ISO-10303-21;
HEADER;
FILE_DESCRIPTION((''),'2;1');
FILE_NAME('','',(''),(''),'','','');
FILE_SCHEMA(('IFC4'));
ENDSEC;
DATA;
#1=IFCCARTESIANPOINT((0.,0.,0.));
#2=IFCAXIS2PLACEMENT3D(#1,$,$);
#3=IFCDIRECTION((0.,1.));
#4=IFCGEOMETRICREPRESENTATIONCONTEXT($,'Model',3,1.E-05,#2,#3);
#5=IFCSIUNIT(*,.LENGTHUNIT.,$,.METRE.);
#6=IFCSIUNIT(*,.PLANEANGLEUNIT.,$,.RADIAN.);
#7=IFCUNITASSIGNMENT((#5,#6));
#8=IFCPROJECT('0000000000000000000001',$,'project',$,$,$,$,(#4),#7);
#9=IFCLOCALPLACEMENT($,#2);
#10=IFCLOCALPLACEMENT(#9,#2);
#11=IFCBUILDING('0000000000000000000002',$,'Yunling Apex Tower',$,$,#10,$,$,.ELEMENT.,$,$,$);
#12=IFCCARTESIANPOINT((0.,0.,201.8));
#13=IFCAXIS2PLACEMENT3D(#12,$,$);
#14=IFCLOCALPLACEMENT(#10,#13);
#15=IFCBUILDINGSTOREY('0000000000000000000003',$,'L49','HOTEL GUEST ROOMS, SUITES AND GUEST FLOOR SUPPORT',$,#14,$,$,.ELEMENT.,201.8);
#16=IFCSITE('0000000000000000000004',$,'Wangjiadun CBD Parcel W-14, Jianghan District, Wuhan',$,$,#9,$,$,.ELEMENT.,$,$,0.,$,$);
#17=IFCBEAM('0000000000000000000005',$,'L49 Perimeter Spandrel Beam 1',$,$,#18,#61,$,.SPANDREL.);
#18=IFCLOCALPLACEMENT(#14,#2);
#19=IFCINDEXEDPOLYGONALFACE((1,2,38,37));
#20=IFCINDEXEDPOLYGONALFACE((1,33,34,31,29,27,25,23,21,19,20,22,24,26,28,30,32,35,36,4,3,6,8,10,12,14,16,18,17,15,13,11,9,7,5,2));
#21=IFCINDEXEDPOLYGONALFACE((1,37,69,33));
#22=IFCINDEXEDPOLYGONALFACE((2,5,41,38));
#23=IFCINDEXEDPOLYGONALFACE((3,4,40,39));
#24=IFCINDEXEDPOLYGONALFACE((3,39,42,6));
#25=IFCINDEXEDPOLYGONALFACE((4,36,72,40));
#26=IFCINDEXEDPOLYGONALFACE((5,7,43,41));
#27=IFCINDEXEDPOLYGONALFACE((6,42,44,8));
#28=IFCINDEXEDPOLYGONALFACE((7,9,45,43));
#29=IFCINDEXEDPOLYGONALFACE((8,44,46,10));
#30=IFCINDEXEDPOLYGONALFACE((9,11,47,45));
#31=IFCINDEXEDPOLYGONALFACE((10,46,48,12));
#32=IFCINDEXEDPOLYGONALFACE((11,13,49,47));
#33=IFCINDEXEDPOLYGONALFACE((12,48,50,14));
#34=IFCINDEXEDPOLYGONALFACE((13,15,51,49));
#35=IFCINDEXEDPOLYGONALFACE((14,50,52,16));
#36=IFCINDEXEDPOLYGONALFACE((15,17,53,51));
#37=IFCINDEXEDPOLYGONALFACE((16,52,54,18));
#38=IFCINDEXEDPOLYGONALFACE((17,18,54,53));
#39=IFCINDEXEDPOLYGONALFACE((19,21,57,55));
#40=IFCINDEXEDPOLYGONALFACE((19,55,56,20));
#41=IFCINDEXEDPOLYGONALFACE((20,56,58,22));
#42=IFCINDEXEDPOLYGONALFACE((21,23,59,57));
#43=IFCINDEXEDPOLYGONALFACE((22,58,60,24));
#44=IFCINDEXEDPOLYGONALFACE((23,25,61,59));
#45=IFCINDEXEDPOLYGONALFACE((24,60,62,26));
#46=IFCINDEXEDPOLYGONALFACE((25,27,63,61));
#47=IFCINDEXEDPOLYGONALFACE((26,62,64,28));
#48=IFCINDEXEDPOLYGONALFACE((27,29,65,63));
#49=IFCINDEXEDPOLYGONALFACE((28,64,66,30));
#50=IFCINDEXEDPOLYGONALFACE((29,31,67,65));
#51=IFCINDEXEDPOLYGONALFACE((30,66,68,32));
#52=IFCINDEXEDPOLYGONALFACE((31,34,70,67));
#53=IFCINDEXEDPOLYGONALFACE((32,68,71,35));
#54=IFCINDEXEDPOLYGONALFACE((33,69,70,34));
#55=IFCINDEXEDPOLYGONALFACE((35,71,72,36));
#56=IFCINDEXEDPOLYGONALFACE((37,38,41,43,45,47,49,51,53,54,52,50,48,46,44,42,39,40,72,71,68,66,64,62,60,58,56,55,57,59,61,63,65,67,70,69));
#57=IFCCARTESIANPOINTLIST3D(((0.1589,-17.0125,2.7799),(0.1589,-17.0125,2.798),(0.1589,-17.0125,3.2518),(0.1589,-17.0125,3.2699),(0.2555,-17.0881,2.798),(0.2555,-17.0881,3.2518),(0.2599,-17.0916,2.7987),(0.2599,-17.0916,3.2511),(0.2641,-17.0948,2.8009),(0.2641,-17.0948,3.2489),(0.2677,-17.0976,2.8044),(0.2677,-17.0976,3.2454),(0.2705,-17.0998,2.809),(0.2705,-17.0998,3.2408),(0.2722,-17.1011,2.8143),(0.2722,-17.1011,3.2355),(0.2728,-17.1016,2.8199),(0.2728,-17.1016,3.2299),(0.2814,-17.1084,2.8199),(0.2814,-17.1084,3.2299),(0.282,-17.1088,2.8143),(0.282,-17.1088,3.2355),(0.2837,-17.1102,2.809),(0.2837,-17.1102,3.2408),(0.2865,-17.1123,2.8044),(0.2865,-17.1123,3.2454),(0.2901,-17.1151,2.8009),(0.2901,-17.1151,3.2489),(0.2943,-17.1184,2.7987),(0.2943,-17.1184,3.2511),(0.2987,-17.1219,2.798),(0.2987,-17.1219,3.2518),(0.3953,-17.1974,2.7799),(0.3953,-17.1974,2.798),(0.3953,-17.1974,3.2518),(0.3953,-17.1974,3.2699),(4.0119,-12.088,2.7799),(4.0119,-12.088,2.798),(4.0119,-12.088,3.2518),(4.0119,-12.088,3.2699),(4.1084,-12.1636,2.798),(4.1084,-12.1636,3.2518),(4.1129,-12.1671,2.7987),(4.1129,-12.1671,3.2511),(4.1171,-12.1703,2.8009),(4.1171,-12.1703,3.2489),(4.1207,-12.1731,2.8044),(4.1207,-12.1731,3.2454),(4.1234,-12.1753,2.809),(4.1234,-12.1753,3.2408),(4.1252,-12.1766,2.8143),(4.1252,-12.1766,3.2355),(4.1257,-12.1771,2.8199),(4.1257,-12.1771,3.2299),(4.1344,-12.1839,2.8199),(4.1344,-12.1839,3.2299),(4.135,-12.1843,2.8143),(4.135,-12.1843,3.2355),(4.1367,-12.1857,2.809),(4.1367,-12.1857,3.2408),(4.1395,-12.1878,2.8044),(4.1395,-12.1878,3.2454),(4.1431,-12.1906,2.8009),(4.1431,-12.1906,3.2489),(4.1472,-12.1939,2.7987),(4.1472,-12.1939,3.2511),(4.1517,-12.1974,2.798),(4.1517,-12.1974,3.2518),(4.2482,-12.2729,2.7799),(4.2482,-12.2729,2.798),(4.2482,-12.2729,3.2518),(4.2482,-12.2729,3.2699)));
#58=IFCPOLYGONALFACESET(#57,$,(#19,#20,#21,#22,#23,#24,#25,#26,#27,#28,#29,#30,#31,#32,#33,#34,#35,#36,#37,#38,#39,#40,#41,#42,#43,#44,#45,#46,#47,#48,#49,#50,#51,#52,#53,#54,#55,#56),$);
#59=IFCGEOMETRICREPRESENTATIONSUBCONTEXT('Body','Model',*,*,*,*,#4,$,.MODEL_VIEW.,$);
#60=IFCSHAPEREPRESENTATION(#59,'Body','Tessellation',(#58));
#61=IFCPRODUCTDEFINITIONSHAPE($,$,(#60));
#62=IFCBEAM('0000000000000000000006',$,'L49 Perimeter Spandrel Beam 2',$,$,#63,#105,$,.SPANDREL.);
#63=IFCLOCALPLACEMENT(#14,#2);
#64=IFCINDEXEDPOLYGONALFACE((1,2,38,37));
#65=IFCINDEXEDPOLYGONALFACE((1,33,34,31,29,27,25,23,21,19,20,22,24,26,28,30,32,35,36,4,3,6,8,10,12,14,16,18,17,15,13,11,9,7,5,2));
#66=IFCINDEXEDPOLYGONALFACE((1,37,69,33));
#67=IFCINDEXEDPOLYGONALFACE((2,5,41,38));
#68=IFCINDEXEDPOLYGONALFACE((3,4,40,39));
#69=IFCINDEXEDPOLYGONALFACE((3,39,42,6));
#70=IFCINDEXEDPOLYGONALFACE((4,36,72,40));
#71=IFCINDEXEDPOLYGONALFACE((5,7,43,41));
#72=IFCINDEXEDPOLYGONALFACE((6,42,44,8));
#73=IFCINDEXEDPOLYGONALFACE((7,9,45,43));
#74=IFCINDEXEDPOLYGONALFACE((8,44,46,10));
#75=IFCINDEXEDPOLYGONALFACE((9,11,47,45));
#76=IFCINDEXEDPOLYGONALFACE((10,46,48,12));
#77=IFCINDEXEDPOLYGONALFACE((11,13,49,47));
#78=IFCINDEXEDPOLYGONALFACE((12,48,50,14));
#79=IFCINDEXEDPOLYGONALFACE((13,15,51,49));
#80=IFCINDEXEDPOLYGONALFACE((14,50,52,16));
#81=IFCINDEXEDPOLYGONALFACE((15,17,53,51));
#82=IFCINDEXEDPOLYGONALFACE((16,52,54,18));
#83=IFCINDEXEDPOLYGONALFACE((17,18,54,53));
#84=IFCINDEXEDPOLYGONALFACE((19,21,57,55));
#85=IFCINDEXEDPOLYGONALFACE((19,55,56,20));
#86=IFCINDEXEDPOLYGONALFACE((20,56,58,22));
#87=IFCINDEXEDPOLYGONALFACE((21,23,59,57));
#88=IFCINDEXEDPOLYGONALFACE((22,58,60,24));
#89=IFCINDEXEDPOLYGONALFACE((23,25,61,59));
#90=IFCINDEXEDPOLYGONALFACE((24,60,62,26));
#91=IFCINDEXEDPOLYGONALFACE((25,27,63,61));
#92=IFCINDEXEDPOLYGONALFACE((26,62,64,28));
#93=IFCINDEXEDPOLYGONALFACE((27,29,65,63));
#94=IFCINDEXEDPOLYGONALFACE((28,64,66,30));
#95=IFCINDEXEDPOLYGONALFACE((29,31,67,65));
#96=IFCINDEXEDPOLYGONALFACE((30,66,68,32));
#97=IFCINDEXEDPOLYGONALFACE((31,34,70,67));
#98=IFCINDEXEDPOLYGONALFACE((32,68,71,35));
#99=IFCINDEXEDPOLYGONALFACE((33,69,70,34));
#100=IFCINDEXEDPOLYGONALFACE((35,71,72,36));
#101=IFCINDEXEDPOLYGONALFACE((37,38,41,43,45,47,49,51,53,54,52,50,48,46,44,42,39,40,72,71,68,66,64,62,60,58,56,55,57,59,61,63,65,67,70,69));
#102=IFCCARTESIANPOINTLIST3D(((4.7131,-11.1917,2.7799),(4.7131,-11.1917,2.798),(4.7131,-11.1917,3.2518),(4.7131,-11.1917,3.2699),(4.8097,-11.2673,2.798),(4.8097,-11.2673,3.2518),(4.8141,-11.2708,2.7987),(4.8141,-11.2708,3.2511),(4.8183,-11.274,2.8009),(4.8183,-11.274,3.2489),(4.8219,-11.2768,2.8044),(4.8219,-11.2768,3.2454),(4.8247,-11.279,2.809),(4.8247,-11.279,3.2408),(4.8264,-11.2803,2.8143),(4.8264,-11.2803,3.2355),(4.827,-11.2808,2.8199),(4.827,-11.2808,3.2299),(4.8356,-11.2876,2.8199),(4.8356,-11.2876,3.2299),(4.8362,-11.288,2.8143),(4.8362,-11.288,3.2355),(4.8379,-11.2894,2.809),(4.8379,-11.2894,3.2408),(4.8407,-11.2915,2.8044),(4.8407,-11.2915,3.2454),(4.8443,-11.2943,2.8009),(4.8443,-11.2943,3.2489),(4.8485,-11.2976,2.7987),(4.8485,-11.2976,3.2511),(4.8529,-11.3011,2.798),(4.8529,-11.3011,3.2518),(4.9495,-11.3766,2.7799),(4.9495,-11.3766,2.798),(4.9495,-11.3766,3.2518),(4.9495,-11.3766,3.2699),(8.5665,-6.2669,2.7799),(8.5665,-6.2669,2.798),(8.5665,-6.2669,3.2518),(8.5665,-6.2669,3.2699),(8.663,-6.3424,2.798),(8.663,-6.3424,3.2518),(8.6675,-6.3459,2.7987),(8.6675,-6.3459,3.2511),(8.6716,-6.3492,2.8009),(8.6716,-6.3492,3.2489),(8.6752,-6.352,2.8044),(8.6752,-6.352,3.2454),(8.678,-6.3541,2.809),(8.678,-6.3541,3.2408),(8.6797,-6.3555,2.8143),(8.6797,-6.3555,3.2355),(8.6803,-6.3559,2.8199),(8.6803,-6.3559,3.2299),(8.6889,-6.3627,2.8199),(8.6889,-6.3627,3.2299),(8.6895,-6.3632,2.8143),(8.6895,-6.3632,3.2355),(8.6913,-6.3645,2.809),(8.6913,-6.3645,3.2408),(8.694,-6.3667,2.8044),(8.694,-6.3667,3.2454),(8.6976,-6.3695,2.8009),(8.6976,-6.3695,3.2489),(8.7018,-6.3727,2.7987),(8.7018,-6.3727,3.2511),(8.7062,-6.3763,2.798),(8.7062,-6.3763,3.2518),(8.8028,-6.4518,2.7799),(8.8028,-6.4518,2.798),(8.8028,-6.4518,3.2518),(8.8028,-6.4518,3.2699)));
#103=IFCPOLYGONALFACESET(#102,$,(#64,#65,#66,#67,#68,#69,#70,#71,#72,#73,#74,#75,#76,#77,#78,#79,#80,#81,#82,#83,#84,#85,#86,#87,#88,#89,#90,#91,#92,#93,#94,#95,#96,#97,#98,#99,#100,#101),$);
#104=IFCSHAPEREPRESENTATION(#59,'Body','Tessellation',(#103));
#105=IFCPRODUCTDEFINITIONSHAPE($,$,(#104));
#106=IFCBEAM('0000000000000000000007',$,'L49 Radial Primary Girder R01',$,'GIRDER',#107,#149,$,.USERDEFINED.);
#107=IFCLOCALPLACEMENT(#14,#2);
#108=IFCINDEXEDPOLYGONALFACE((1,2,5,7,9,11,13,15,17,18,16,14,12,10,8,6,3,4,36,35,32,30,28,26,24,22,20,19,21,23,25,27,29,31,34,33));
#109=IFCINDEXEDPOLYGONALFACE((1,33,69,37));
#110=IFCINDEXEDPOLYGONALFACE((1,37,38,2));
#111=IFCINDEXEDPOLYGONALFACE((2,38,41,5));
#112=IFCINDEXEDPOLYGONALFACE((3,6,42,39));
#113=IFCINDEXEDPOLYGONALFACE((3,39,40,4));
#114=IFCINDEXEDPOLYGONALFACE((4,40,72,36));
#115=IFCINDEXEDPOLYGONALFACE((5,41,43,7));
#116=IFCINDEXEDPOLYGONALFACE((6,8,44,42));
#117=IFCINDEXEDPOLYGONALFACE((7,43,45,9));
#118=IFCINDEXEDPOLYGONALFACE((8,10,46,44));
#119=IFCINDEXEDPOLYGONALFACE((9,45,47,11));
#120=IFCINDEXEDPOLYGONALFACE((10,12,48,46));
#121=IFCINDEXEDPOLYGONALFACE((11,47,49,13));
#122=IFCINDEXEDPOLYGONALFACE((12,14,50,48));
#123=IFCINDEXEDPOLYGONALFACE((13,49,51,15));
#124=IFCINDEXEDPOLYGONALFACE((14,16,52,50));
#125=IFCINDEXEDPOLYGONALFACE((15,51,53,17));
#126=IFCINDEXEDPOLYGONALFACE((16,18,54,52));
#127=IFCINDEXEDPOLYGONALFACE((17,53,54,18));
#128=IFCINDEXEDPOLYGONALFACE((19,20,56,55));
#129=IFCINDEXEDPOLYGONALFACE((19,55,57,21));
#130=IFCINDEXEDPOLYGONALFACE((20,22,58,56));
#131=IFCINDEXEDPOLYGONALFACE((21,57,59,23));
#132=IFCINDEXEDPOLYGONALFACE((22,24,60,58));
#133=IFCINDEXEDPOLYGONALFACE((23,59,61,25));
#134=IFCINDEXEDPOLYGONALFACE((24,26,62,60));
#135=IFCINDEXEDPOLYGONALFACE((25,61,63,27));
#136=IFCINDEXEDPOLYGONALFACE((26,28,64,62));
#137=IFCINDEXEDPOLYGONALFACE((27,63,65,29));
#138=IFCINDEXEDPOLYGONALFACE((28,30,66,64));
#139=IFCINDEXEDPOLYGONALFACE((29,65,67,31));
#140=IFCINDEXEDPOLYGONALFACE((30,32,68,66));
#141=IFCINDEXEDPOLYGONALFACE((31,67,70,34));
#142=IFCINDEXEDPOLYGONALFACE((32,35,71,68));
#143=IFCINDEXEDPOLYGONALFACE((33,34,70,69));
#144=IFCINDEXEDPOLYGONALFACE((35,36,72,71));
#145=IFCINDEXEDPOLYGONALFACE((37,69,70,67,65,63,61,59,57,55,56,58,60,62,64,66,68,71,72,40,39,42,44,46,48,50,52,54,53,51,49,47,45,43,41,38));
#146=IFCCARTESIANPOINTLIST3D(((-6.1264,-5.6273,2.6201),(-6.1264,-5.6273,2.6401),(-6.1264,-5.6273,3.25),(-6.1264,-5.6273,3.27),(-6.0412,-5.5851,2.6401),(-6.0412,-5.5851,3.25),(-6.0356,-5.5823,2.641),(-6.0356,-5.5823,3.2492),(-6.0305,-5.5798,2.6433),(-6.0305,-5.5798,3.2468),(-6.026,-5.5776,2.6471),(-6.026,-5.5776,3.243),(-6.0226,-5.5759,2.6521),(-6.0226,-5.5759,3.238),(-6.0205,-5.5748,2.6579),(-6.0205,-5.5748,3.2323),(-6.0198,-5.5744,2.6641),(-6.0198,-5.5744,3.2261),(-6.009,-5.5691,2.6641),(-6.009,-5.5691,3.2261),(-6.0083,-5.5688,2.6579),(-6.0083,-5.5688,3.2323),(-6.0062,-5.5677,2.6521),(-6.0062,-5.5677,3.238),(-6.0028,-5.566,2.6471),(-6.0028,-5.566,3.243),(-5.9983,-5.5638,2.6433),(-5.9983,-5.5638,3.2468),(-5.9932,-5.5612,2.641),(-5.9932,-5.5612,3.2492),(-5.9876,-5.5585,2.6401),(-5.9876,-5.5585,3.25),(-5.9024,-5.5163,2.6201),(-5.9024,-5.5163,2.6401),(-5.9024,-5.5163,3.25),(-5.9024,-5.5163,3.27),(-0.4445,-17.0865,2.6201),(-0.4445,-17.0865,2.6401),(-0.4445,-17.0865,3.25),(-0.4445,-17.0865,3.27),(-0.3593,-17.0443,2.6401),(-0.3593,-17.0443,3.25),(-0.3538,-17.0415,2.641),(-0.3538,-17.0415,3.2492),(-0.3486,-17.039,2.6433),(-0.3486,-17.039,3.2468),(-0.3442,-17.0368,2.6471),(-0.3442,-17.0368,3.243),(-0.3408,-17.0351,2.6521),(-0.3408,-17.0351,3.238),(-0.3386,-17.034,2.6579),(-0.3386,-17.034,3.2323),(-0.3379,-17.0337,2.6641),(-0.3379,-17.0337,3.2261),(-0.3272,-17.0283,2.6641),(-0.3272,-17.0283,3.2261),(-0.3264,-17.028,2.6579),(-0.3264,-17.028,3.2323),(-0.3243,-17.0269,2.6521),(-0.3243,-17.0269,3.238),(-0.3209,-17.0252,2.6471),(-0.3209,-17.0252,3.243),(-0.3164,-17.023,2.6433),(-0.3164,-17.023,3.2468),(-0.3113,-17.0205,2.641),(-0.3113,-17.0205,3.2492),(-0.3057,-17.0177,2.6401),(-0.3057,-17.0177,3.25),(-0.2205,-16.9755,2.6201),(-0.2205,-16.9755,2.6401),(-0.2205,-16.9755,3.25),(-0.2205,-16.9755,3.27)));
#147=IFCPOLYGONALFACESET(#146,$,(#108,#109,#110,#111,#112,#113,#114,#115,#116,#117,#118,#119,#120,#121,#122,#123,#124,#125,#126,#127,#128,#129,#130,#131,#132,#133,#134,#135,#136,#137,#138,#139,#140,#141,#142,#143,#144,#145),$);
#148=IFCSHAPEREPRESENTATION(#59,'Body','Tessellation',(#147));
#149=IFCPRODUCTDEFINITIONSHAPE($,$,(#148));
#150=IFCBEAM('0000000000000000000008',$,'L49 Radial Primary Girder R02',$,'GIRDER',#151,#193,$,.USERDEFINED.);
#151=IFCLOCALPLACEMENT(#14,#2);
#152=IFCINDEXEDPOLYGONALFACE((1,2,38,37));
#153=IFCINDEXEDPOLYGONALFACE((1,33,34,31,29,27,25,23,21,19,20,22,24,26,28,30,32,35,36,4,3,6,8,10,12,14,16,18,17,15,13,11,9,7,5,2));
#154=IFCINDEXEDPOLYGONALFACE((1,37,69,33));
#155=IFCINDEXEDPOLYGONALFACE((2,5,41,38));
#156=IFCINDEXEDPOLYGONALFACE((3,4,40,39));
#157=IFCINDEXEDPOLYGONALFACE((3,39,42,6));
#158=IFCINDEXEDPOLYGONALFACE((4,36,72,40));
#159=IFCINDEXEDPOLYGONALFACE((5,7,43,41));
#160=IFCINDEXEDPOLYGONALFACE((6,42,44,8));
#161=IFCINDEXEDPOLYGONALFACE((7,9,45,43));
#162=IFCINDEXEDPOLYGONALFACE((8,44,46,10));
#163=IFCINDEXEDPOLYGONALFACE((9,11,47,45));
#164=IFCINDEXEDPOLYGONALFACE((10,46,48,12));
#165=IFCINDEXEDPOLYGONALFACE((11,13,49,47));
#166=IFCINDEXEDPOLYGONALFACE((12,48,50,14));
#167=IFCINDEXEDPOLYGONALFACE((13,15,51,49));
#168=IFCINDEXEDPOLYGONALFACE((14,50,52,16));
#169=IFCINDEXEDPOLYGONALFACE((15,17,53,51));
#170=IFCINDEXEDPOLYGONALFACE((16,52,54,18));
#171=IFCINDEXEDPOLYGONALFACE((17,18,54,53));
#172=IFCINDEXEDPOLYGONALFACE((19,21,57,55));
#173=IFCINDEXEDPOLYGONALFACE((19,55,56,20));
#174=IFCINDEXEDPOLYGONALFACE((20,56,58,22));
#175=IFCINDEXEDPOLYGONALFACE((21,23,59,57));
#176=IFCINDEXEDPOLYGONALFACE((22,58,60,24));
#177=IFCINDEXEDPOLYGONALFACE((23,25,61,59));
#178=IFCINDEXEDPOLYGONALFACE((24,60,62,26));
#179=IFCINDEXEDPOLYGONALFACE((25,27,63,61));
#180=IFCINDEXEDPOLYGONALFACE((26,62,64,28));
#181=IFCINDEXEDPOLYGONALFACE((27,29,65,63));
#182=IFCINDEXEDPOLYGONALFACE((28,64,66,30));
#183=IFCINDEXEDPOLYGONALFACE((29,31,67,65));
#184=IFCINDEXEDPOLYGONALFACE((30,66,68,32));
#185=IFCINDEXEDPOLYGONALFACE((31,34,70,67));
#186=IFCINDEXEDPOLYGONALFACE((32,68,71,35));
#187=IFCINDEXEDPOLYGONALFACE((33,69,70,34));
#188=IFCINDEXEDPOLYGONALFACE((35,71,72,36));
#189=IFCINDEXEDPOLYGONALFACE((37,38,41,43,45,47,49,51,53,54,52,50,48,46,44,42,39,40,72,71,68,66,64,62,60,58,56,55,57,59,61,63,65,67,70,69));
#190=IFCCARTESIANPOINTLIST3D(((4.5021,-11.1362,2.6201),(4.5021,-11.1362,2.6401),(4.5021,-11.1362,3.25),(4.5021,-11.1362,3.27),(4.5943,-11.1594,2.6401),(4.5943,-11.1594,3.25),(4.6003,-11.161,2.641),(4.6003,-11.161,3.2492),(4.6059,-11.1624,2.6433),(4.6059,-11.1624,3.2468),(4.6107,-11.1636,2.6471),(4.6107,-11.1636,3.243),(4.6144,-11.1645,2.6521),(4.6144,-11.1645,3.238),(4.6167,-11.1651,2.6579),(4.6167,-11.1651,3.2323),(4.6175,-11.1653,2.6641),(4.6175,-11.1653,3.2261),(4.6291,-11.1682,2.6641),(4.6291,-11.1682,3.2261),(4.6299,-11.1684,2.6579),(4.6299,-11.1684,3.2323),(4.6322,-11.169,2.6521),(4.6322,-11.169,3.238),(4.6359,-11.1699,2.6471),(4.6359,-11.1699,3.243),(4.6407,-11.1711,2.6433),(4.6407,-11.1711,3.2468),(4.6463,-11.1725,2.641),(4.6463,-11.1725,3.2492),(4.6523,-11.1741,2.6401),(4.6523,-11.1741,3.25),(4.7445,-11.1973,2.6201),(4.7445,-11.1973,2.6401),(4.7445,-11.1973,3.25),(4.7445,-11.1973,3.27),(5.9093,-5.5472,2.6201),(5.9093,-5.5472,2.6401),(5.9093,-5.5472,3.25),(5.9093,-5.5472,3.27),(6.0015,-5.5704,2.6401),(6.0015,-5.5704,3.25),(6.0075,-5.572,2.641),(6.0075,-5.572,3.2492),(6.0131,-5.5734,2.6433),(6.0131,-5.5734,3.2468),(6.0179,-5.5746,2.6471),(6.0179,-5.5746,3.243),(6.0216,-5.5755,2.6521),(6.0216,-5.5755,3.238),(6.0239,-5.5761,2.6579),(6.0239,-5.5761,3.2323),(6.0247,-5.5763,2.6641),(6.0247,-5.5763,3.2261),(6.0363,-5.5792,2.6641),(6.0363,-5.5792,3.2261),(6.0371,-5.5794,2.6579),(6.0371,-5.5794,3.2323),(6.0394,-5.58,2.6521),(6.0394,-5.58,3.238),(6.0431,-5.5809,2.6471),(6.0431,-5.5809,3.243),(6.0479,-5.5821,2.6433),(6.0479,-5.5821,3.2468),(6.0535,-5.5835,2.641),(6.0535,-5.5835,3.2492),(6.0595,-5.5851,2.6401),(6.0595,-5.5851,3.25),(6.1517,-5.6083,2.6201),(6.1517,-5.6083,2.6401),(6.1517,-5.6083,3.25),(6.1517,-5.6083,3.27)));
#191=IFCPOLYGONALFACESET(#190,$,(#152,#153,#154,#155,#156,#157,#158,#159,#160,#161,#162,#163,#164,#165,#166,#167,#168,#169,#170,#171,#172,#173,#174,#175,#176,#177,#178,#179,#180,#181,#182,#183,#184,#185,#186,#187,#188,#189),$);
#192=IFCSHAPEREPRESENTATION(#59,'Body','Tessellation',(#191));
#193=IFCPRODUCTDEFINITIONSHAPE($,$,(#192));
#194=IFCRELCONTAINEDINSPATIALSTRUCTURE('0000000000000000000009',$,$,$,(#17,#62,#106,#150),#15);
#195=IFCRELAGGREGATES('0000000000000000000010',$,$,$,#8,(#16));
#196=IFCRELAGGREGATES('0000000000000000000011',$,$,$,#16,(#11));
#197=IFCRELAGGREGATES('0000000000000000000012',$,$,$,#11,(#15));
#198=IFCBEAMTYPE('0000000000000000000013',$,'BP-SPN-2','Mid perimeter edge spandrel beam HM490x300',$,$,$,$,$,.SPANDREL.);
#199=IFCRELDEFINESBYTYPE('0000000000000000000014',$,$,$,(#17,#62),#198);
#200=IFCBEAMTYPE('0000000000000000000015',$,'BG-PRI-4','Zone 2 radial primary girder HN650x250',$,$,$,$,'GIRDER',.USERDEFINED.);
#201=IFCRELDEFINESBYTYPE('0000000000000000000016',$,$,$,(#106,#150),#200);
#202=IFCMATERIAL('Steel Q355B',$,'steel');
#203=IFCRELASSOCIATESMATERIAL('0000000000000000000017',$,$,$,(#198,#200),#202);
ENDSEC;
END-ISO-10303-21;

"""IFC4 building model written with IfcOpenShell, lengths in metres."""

from ifc_helpers import new_model, si_unit, direction, frame, origin, origin_2d, place, context, subcontext, project, spatial, i_section, extrude, source, transform, mapped, material, material_profile, profile_set, type_object, element, save


model = new_model("IFC4")

# Units and contexts
model_context = context("Model", 3, precision=1e-05, world=origin(), true_north=direction((0.0, 1.0)))
body_context = subcontext(model_context, "Body", "Model", "MODEL_VIEW")
ifc_project = project(units=[si_unit("LENGTHUNIT", "METRE"), si_unit("PLANEANGLEUNIT", "RADIAN")], contexts=[model_context])

# Site, building, storey
site_placement = place(None, origin())
site = spatial("IfcSite", under=ifc_project, at=site_placement, Name="Wangjiadun CBD Parcel W-14, Jianghan District, Wuhan", CompositionType="ELEMENT", RefElevation=0.0)
building_placement = place(site_placement, origin())
building = spatial("IfcBuilding", under=site, at=building_placement, Name="Yunling Apex Tower", CompositionType="ELEMENT")
storey_placement = place(building_placement, frame((0.0, 0.0, 201.8)))
storey = spatial("IfcBuildingStorey", under=building, at=storey_placement, Name="L49", Description="HOTEL GUEST ROOMS, SUITES AND GUEST FLOOR SUPPORT", CompositionType="ELEMENT", Elevation=201.8)

# Beams
ifc_material_1 = material(Name="Steel Q355B", Category="steel")
ifc_material_profile_1 = material_profile(ifc_material_1, i_section(OverallWidth=0.3, OverallDepth=0.49, WebThickness=0.011, FlangeThickness=0.0181, FilletRadius=0.022, at=origin_2d()))
ifc_profile_set_1 = profile_set([ifc_material_profile_1], Name="Steel Q355B")
beam_type_1 = type_object("IfcBeamType", Name="BP-SPN-2", Description="Mid perimeter edge spandrel beam HM490x300", PredefinedType="SPANDREL", material=ifc_profile_set_1)
shared_shape_1 = source(origin(), body_context, "Body", "SweptSolid", [
    extrude(i_section(OverallWidth=0.3, OverallDepth=0.49, WebThickness=0.011, FlangeThickness=0.0181, FilletRadius=0.022, at=origin_2d()), origin(), (0.0, 0.0, 1.0), 6.2527),
])
beam_1_placement = place(storey_placement, frame((0.2771, -17.105, 3.0249), z_axis=(0.616211, 0.787581, 0.0), x_axis=(-0.787581, 0.616211, 0.0)))
element("IfcBeam", 1, at=beam_1_placement, inside=storey, type_object=beam_type_1, Name="L49 Perimeter Spandrel Beam 1", PredefinedType="SPANDREL", context=body_context, shape_type="MappedRepresentation", body=[
    mapped(shared_shape_1, transform((0.0, 0.0, 0.0), scale=1.0)),
])
shared_shape_2 = source(origin(), body_context, "Body", "SweptSolid", [
    extrude(i_section(OverallWidth=0.3, OverallDepth=0.49, WebThickness=0.011, FlangeThickness=0.0181, FilletRadius=0.022, at=origin_2d()), origin(), (0.0, 0.0, 1.0), 6.2532),
])
beam_2_placement = place(storey_placement, frame((4.8313, -11.2842, 3.0249), z_axis=(0.616217, 0.787577, 0.0), x_axis=(-0.787577, 0.616217, 0.0)))
element("IfcBeam", 2, at=beam_2_placement, inside=storey, type_object=beam_type_1, Name="L49 Perimeter Spandrel Beam 2", PredefinedType="SPANDREL", context=body_context, shape_type="MappedRepresentation", body=[
    mapped(shared_shape_2, transform((0.0, 0.0, 0.0), scale=1.0)),
])
ifc_material_profile_2 = material_profile(ifc_material_1, i_section(OverallWidth=0.25, OverallDepth=0.6499, WebThickness=0.012, FlangeThickness=0.02, FilletRadius=0.0239, at=origin_2d()))
ifc_profile_set_2 = profile_set([ifc_material_profile_2], Name="Steel Q355B")
beam_type_2 = type_object("IfcBeamType", Name="BG-PRI-4", Description="Zone 2 radial primary girder HN650x250", ElementType="GIRDER", PredefinedType="USERDEFINED", material=ifc_profile_set_2)
shared_shape_3 = source(origin(), body_context, "Body", "SweptSolid", [
    extrude(i_section(OverallWidth=0.25, OverallDepth=0.6499, WebThickness=0.012, FlangeThickness=0.02, FilletRadius=0.0239, at=origin_2d()), origin(), (0.0, 0.0, 1.0), 12.7905),
])
beam_3_placement = place(storey_placement, frame((-0.3325, -17.031, 2.9451), z_axis=(-0.444226, 0.895915, 0.0), x_axis=(-0.895915, -0.444226, 0.0)))
element("IfcBeam", 3, at=beam_3_placement, inside=storey, type_object=beam_type_2, Name="L49 Radial Primary Girder R01", ObjectType="GIRDER", PredefinedType="USERDEFINED", context=body_context, shape_type="MappedRepresentation", body=[
    mapped(shared_shape_3, transform((0.0, 0.0, 0.0), scale=1.0)),
])
shared_shape_4 = source(origin(), body_context, "Body", "SweptSolid", [
    extrude(i_section(OverallWidth=0.25, OverallDepth=0.6499, WebThickness=0.012, FlangeThickness=0.02, FilletRadius=0.0239, at=origin_2d()), origin(), (0.0, 0.0, 1.0), 5.7634),
])
beam_4_placement = place(storey_placement, frame((4.6233, -11.1667, 2.9451), z_axis=(0.24416, 0.969735, 0.0), x_axis=(-0.969735, 0.24416, 0.0)))
element("IfcBeam", 4, at=beam_4_placement, inside=storey, type_object=beam_type_2, Name="L49 Radial Primary Girder R02", ObjectType="GIRDER", PredefinedType="USERDEFINED", context=body_context, shape_type="MappedRepresentation", body=[
    mapped(shared_shape_4, transform((0.0, 0.0, 0.0), scale=1.0)),
])

save(model, "model.ifc")
